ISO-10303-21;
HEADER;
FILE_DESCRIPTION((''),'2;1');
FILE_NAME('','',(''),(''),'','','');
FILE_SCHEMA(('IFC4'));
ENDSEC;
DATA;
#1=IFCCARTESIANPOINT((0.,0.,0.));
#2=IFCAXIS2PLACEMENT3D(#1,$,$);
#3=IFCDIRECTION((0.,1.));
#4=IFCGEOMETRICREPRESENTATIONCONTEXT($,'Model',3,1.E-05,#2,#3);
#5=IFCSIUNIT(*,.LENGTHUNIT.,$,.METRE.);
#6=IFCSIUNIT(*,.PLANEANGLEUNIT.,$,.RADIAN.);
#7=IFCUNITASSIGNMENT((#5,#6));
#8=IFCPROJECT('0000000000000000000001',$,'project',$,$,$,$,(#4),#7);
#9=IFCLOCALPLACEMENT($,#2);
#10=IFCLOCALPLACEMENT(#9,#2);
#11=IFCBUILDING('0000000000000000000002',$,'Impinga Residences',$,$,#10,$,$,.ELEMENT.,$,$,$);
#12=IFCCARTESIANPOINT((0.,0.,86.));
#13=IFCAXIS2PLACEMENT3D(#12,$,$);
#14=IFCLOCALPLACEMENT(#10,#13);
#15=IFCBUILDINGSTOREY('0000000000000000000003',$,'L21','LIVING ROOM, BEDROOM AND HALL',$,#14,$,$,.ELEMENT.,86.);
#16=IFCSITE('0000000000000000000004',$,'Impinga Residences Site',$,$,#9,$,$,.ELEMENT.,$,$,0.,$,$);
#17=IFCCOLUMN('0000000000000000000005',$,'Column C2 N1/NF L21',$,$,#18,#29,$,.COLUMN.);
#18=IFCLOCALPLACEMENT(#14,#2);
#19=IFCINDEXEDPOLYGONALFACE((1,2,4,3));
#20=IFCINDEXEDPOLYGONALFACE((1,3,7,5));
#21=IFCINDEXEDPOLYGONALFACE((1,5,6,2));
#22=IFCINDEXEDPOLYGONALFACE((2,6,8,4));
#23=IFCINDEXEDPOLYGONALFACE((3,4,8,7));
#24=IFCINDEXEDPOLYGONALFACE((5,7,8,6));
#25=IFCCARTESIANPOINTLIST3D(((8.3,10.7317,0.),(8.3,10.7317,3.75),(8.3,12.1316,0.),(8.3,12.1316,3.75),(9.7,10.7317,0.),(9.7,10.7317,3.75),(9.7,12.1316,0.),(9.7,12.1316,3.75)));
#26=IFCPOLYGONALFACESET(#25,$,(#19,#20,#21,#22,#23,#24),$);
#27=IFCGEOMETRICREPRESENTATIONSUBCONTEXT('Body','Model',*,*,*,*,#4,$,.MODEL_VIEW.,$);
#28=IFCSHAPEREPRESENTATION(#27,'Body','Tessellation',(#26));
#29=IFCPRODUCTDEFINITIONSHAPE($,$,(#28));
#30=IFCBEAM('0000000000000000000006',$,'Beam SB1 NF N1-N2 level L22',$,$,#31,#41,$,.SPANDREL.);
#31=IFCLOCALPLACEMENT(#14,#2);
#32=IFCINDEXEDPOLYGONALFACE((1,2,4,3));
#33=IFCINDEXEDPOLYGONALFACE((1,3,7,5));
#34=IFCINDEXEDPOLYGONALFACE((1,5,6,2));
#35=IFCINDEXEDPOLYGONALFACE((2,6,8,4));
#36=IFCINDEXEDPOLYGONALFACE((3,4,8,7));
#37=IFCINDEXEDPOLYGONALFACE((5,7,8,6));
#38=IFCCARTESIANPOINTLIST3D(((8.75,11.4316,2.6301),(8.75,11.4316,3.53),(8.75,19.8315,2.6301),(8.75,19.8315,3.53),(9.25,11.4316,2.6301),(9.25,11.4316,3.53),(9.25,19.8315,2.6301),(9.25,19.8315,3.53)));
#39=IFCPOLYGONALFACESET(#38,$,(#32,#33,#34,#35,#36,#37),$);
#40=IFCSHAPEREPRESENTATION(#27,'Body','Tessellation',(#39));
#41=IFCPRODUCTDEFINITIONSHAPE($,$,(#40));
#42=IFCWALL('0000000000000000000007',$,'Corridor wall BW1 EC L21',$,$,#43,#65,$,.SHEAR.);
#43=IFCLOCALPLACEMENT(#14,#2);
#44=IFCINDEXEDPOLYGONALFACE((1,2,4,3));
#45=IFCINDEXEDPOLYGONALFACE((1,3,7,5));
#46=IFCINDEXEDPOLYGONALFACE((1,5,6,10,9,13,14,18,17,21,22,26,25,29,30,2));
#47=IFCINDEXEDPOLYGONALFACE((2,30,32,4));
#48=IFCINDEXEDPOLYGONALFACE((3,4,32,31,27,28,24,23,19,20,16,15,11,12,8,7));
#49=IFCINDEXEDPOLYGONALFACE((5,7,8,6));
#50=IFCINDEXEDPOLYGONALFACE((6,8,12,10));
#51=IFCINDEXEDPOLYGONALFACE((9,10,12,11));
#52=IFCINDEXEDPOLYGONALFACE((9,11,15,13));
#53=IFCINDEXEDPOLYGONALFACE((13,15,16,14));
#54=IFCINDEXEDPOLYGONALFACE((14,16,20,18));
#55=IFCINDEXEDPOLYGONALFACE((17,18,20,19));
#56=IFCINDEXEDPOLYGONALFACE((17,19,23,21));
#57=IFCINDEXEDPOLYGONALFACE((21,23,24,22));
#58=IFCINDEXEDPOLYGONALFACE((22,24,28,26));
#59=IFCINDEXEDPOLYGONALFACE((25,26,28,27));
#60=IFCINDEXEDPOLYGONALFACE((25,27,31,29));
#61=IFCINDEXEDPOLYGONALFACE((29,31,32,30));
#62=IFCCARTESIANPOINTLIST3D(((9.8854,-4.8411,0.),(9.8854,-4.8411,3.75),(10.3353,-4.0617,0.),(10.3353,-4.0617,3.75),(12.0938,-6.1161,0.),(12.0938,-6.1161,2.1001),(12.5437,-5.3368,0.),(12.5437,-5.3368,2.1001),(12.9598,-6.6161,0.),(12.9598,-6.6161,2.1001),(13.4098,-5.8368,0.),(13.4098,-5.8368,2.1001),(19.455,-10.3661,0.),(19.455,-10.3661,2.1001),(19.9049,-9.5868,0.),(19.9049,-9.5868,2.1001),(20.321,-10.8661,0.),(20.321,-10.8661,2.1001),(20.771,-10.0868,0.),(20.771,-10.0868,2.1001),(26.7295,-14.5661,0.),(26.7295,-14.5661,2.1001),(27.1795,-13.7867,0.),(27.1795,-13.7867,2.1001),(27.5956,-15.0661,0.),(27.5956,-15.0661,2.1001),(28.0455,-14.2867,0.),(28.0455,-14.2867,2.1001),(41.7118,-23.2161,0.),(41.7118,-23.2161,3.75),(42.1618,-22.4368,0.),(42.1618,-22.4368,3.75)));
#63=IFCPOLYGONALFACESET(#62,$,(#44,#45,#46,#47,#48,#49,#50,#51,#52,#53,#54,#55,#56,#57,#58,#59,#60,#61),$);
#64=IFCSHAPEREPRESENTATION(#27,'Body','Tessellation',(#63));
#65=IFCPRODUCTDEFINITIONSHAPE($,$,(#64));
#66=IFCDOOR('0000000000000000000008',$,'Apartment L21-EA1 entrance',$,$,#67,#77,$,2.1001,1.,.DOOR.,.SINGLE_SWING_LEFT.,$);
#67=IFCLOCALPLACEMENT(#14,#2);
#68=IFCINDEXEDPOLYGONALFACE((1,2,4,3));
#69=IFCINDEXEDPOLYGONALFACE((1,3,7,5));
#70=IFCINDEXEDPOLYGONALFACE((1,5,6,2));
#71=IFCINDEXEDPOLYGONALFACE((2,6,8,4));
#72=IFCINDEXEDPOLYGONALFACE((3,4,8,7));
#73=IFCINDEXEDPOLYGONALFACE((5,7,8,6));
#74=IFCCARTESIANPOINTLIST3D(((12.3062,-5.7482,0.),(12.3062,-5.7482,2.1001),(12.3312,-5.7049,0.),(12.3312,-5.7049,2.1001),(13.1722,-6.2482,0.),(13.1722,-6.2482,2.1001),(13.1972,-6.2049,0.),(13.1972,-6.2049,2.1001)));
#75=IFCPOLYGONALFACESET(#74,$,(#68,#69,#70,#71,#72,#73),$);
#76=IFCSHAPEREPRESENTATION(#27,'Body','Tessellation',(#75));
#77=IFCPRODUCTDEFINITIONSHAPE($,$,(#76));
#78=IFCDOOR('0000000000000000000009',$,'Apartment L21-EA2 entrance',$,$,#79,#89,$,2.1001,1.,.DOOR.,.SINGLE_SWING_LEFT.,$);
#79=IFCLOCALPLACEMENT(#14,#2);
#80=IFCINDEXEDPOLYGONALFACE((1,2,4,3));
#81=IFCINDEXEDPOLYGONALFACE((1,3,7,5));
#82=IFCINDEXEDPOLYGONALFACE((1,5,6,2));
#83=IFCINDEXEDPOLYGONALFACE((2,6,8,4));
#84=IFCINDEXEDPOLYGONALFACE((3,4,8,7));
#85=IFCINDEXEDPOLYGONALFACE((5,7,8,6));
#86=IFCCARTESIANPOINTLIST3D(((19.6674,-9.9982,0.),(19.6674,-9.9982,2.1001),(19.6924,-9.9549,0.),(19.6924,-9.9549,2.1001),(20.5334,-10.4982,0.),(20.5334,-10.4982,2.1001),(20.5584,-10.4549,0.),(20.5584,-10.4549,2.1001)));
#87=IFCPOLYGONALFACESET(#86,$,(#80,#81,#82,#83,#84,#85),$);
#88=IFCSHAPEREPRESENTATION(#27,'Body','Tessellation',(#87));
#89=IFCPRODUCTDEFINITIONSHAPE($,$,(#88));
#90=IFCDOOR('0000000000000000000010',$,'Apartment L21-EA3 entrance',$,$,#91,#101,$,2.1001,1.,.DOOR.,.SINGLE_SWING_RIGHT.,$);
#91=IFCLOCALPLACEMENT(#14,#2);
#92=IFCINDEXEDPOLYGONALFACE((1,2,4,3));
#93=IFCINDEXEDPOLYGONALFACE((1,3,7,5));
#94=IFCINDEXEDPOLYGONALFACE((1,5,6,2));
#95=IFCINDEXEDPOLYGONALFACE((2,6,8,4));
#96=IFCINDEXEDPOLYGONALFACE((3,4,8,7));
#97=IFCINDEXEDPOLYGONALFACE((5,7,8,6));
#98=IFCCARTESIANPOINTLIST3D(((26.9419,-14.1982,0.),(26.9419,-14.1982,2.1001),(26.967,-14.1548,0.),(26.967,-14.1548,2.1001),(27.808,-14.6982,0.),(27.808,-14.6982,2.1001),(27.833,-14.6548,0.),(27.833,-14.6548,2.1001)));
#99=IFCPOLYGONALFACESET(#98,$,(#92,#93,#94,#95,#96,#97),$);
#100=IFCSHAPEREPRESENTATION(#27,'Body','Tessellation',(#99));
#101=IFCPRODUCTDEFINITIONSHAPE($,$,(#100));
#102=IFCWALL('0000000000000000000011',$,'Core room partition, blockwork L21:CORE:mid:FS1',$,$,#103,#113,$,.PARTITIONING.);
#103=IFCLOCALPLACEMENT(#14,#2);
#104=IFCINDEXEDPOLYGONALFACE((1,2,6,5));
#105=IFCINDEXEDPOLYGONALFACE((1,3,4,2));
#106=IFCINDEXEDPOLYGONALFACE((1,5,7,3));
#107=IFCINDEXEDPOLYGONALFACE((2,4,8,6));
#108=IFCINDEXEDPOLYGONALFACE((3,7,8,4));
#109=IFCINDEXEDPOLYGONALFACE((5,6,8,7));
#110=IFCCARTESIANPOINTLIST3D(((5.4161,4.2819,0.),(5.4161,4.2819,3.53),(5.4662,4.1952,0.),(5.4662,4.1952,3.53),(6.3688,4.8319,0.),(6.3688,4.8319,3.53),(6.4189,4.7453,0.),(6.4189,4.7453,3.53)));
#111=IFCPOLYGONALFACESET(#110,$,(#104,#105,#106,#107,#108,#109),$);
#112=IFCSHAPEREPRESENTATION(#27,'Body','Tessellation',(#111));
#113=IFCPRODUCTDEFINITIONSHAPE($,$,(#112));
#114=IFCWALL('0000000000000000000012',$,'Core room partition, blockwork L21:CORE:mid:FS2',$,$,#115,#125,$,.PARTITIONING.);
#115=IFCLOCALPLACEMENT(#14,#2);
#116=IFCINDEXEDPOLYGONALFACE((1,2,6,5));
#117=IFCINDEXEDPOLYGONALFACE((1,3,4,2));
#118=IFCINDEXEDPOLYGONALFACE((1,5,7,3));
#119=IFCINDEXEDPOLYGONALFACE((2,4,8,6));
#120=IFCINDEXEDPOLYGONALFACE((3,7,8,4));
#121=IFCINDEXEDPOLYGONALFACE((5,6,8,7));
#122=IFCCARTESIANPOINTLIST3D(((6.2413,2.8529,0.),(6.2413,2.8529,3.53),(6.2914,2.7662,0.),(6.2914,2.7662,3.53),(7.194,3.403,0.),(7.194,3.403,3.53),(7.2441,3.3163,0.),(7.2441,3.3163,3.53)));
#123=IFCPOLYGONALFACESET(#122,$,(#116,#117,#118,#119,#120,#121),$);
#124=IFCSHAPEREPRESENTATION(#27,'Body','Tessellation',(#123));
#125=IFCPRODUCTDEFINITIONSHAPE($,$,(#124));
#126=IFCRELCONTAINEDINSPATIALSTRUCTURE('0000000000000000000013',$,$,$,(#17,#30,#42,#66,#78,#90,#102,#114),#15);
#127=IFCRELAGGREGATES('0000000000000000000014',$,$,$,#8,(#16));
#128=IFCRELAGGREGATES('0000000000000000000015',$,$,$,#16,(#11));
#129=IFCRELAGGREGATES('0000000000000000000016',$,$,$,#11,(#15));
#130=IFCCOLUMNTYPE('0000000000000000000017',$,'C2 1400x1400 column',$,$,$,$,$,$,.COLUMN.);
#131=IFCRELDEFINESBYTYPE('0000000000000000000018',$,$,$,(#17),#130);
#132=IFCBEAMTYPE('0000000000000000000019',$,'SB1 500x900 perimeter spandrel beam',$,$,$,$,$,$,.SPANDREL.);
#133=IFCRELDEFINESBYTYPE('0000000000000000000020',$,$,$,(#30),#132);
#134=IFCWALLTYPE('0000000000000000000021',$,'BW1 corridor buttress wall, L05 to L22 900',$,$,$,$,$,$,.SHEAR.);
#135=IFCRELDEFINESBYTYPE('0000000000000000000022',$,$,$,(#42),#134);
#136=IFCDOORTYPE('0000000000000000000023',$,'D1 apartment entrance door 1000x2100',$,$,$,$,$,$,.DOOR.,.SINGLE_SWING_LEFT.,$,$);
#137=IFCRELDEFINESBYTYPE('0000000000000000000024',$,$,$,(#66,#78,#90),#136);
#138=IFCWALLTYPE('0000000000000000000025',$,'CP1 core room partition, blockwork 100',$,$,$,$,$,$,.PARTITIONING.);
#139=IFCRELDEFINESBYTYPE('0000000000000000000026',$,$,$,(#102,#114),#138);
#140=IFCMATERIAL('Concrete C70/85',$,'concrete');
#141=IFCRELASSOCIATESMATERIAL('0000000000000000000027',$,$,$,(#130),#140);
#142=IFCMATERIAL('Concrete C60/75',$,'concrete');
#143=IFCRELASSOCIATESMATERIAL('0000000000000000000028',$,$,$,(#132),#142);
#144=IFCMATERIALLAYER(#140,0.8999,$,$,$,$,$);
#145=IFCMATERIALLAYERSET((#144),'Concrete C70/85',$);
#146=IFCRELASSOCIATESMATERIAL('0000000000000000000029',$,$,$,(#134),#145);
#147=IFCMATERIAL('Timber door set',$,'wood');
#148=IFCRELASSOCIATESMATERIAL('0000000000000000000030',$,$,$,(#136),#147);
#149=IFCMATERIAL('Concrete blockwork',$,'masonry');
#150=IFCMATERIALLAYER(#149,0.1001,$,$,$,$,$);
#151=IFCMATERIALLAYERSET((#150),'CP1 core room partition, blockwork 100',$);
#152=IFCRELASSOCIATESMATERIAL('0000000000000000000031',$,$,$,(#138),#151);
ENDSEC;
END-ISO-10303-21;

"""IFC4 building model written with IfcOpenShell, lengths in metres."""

from ifc_helpers import new_model, si_unit, direction, frame, frame_2d, origin, origin_2d, place, context, subcontext, project, spatial, rectangle, extrude, material, layer, layer_set, material_profile, profile_set, type_object, element, fill, save


model = new_model("IFC4")

# Units and contexts
model_context = context("Model", 3, precision=1e-05, world=origin(), true_north=direction((0.0, 1.0)))
body_context = subcontext(model_context, "Body", "Model", "MODEL_VIEW")
ifc_project = project(units=[si_unit("LENGTHUNIT", "METRE"), si_unit("PLANEANGLEUNIT", "RADIAN")], contexts=[model_context])

# Site, building, storey
site_placement = place(None, origin())
site = spatial("IfcSite", under=ifc_project, at=site_placement, Name="Impinga Residences Site", CompositionType="ELEMENT", RefElevation=0.0)
building_placement = place(site_placement, origin())
building = spatial("IfcBuilding", under=site, at=building_placement, Name="Impinga Residences", CompositionType="ELEMENT")
storey_placement = place(building_placement, frame((0.0, 0.0, 86.0)))
storey = spatial("IfcBuildingStorey", under=building, at=storey_placement, Name="L21", Description="LIVING ROOM, BEDROOM AND HALL", CompositionType="ELEMENT", Elevation=86.0)

# Column
ifc_material_1 = material(Name="Concrete C70/85", Category="concrete")
ifc_material_profile_1 = material_profile(ifc_material_1, rectangle(XDim=1.3999, YDim=1.3999, at=origin_2d()), Name="RC 1400x1400")
ifc_profile_set_1 = profile_set([ifc_material_profile_1], Name="Concrete C70/85")
column_type = type_object("IfcColumnType", Name="C2 1400x1400 column", PredefinedType="COLUMN", material=ifc_profile_set_1)
column_placement = place(storey_placement, frame((9.0, 11.4316, 0.0), z_axis=(0.0, 0.0, 1.0), x_axis=(1.0, 0.0, 0.0)))
element("IfcColumn", 1, at=column_placement, inside=storey, type_object=column_type, Name="Column C2 N1/NF L21", PredefinedType="COLUMN", context=body_context, shape_type="SweptSolid", body=[
    extrude(rectangle(XDim=1.3999, YDim=1.3999, at=origin_2d()), origin(), (0.0, 0.0, 1.0), 3.75),
])

# Beam
ifc_material_2 = material(Name="Concrete C60/75", Category="concrete")
ifc_material_profile_2 = material_profile(ifc_material_2, rectangle(XDim=0.5, YDim=0.8999, at=origin_2d()), Name="RC 500x900")
ifc_profile_set_2 = profile_set([ifc_material_profile_2], Name="Concrete C60/75")
beam_type = type_object("IfcBeamType", Name="SB1 500x900 perimeter spandrel beam", PredefinedType="SPANDREL", material=ifc_profile_set_2)
beam_placement = place(storey_placement, frame((9.0, 11.4316, 3.0801), z_axis=(0.0, 1.0, 0.0), x_axis=(-1.0, 0.0, 0.0)))
element("IfcBeam", 2, at=beam_placement, inside=storey, type_object=beam_type, Name="Beam SB1 NF N1-N2 level L22", PredefinedType="SPANDREL", context=body_context, shape_type="SweptSolid", body=[
    extrude(rectangle(XDim=0.5, YDim=0.8999, at=origin_2d()), origin(), (0.0, 0.0, 1.0), 8.3999),
])

# Wall, openings, doors
ifc_layer_1 = layer(ifc_material_1, 0.8999)
ifc_layer_set_1 = layer_set([ifc_layer_1], Name="Concrete C70/85")
wall_type_1 = type_object("IfcWallType", Name="BW1 corridor buttress wall, L05 to L22 900", PredefinedType="SHEAR", material=ifc_layer_set_1)
wall_1_placement = place(storey_placement, frame((10.1104, -4.4514, 0.0), z_axis=(0.0, 0.0, 1.0), x_axis=(0.866025, -0.5, 0.0)))
wall_1 = element("IfcWall", 3, at=wall_1_placement, inside=storey, type_object=wall_type_1, Name="Corridor wall BW1 EC L21", PredefinedType="SHEAR", context=body_context, shape_type="SweptSolid", body=[
    extrude(rectangle(XDim=36.75, YDim=0.8999, at=frame_2d((18.375, 0.0))), origin(), (0.0, 0.0, 1.0), 3.75),
])
opening_1_placement = place(wall_1_placement, frame((2.55, 0.0, 0.0)))
opening_1 = element("IfcOpeningElement", 4, at=opening_1_placement, cuts=wall_1, PredefinedType="OPENING", context=body_context, shape_type="SweptSolid", body=[
    extrude(rectangle(XDim=1.0, YDim=2.1001, at=frame_2d((0.5, 1.05))), frame((0.0, 0.46, 0.0), z_axis=(0.0, -1.0, 0.0), x_axis=(1.0, 0.0, 0.0)), (0.0, 0.0, 1.0), 0.9199),
])
opening_2_placement = place(wall_1_placement, frame((11.05, 0.0, 0.0)))
opening_2 = element("IfcOpeningElement", 5, at=opening_2_placement, cuts=wall_1, PredefinedType="OPENING", context=body_context, shape_type="SweptSolid", body=[
    extrude(rectangle(XDim=1.0, YDim=2.1001, at=frame_2d((0.5, 1.05))), frame((0.0, 0.46, 0.0), z_axis=(0.0, -1.0, 0.0), x_axis=(1.0, 0.0, 0.0)), (0.0, 0.0, 1.0), 0.9199),
])
opening_3_placement = place(wall_1_placement, frame((19.45, 0.0, 0.0)))
opening_3 = element("IfcOpeningElement", 6, at=opening_3_placement, cuts=wall_1, PredefinedType="OPENING", context=body_context, shape_type="SweptSolid", body=[
    extrude(rectangle(XDim=1.0, YDim=2.1001, at=frame_2d((0.5, 1.05))), frame((0.0, 0.46, 0.0), z_axis=(0.0, -1.0, 0.0), x_axis=(1.0, 0.0, 0.0)), (0.0, 0.0, 1.0), 0.9199),
])
ifc_material_3 = material(Name="Timber door set", Category="wood")
door_type_1 = type_object("IfcDoorType", Name="D1 apartment entrance door 1000x2100", OperationType="SINGLE_SWING_LEFT", PredefinedType="DOOR", material=ifc_material_3)
door_1_placement = place(opening_1_placement, origin())
door_1 = element("IfcDoor", 7, at=door_1_placement, inside=storey, type_object=door_type_1, Name="Apartment L21-EA1 entrance", OperationType="SINGLE_SWING_LEFT", OverallHeight=2.1001, OverallWidth=1.0, PredefinedType="DOOR", context=body_context, shape_type="SweptSolid", body=[
    extrude(rectangle(XDim=1.0, YDim=2.1001, at=frame_2d((0.5, 1.05))), frame((0.0, 0.0249, 0.0), z_axis=(0.0, -1.0, 0.0), x_axis=(1.0, 0.0, 0.0)), (0.0, 0.0, 1.0), 0.05),
])
fill(opening_1, door_1)
door_2_placement = place(opening_2_placement, origin())
door_2 = element("IfcDoor", 8, at=door_2_placement, inside=storey, type_object=door_type_1, Name="Apartment L21-EA2 entrance", OperationType="SINGLE_SWING_LEFT", OverallHeight=2.1001, OverallWidth=1.0, PredefinedType="DOOR", context=body_context, shape_type="SweptSolid", body=[
    extrude(rectangle(XDim=1.0, YDim=2.1001, at=frame_2d((0.5, 1.05))), frame((0.0, 0.0249, 0.0), z_axis=(0.0, -1.0, 0.0), x_axis=(1.0, 0.0, 0.0)), (0.0, 0.0, 1.0), 0.05),
])
fill(opening_2, door_2)
door_3_placement = place(opening_3_placement, origin())
door_3 = element("IfcDoor", 9, at=door_3_placement, inside=storey, type_object=door_type_1, Name="Apartment L21-EA3 entrance", OperationType="SINGLE_SWING_RIGHT", OverallHeight=2.1001, OverallWidth=1.0, PredefinedType="DOOR", context=body_context, shape_type="SweptSolid", body=[
    extrude(rectangle(XDim=1.0, YDim=2.1001, at=frame_2d((0.5, 1.05))), frame((0.0, 0.0249, 0.0), z_axis=(0.0, -1.0, 0.0), x_axis=(1.0, 0.0, 0.0)), (0.0, 0.0, 1.0), 0.05),
])
fill(opening_3, door_3)

# Walls
ifc_material_4 = material(Name="Concrete blockwork", Category="masonry")
ifc_layer_2 = layer(ifc_material_4, 0.1001)
ifc_layer_set_2 = layer_set([ifc_layer_2], Name="CP1 core room partition, blockwork 100")
wall_type_2 = type_object("IfcWallType", Name="CP1 core room partition, blockwork 100", PredefinedType="PARTITIONING", material=ifc_layer_set_2)
for number, where, z_axis, x_axis, name in (
    (10, (5.4412, 4.2385, 0.0), (0.0, 0.0, 1.0), (0.866008, 0.50003, 0.0), "Core room partition, blockwork L21:CORE:mid:FS1"),
    (11, (6.2664, 2.8096, 0.0), (0.0, 0.0, 1.0), (0.866008, 0.50003, 0.0), "Core room partition, blockwork L21:CORE:mid:FS2"),
):
    element("IfcWall", number, at=place(storey_placement, frame(where, z_axis=z_axis, x_axis=x_axis)), inside=storey, type_object=wall_type_2, Name=name, PredefinedType="PARTITIONING", context=body_context, shape_type="SweptSolid", body=[
        extrude(rectangle(XDim=1.1001, YDim=0.1001, at=frame_2d((0.55, 0.0))), origin(), (0.0, 0.0, 1.0), 3.53),
    ])

save(model, "model.ifc")
